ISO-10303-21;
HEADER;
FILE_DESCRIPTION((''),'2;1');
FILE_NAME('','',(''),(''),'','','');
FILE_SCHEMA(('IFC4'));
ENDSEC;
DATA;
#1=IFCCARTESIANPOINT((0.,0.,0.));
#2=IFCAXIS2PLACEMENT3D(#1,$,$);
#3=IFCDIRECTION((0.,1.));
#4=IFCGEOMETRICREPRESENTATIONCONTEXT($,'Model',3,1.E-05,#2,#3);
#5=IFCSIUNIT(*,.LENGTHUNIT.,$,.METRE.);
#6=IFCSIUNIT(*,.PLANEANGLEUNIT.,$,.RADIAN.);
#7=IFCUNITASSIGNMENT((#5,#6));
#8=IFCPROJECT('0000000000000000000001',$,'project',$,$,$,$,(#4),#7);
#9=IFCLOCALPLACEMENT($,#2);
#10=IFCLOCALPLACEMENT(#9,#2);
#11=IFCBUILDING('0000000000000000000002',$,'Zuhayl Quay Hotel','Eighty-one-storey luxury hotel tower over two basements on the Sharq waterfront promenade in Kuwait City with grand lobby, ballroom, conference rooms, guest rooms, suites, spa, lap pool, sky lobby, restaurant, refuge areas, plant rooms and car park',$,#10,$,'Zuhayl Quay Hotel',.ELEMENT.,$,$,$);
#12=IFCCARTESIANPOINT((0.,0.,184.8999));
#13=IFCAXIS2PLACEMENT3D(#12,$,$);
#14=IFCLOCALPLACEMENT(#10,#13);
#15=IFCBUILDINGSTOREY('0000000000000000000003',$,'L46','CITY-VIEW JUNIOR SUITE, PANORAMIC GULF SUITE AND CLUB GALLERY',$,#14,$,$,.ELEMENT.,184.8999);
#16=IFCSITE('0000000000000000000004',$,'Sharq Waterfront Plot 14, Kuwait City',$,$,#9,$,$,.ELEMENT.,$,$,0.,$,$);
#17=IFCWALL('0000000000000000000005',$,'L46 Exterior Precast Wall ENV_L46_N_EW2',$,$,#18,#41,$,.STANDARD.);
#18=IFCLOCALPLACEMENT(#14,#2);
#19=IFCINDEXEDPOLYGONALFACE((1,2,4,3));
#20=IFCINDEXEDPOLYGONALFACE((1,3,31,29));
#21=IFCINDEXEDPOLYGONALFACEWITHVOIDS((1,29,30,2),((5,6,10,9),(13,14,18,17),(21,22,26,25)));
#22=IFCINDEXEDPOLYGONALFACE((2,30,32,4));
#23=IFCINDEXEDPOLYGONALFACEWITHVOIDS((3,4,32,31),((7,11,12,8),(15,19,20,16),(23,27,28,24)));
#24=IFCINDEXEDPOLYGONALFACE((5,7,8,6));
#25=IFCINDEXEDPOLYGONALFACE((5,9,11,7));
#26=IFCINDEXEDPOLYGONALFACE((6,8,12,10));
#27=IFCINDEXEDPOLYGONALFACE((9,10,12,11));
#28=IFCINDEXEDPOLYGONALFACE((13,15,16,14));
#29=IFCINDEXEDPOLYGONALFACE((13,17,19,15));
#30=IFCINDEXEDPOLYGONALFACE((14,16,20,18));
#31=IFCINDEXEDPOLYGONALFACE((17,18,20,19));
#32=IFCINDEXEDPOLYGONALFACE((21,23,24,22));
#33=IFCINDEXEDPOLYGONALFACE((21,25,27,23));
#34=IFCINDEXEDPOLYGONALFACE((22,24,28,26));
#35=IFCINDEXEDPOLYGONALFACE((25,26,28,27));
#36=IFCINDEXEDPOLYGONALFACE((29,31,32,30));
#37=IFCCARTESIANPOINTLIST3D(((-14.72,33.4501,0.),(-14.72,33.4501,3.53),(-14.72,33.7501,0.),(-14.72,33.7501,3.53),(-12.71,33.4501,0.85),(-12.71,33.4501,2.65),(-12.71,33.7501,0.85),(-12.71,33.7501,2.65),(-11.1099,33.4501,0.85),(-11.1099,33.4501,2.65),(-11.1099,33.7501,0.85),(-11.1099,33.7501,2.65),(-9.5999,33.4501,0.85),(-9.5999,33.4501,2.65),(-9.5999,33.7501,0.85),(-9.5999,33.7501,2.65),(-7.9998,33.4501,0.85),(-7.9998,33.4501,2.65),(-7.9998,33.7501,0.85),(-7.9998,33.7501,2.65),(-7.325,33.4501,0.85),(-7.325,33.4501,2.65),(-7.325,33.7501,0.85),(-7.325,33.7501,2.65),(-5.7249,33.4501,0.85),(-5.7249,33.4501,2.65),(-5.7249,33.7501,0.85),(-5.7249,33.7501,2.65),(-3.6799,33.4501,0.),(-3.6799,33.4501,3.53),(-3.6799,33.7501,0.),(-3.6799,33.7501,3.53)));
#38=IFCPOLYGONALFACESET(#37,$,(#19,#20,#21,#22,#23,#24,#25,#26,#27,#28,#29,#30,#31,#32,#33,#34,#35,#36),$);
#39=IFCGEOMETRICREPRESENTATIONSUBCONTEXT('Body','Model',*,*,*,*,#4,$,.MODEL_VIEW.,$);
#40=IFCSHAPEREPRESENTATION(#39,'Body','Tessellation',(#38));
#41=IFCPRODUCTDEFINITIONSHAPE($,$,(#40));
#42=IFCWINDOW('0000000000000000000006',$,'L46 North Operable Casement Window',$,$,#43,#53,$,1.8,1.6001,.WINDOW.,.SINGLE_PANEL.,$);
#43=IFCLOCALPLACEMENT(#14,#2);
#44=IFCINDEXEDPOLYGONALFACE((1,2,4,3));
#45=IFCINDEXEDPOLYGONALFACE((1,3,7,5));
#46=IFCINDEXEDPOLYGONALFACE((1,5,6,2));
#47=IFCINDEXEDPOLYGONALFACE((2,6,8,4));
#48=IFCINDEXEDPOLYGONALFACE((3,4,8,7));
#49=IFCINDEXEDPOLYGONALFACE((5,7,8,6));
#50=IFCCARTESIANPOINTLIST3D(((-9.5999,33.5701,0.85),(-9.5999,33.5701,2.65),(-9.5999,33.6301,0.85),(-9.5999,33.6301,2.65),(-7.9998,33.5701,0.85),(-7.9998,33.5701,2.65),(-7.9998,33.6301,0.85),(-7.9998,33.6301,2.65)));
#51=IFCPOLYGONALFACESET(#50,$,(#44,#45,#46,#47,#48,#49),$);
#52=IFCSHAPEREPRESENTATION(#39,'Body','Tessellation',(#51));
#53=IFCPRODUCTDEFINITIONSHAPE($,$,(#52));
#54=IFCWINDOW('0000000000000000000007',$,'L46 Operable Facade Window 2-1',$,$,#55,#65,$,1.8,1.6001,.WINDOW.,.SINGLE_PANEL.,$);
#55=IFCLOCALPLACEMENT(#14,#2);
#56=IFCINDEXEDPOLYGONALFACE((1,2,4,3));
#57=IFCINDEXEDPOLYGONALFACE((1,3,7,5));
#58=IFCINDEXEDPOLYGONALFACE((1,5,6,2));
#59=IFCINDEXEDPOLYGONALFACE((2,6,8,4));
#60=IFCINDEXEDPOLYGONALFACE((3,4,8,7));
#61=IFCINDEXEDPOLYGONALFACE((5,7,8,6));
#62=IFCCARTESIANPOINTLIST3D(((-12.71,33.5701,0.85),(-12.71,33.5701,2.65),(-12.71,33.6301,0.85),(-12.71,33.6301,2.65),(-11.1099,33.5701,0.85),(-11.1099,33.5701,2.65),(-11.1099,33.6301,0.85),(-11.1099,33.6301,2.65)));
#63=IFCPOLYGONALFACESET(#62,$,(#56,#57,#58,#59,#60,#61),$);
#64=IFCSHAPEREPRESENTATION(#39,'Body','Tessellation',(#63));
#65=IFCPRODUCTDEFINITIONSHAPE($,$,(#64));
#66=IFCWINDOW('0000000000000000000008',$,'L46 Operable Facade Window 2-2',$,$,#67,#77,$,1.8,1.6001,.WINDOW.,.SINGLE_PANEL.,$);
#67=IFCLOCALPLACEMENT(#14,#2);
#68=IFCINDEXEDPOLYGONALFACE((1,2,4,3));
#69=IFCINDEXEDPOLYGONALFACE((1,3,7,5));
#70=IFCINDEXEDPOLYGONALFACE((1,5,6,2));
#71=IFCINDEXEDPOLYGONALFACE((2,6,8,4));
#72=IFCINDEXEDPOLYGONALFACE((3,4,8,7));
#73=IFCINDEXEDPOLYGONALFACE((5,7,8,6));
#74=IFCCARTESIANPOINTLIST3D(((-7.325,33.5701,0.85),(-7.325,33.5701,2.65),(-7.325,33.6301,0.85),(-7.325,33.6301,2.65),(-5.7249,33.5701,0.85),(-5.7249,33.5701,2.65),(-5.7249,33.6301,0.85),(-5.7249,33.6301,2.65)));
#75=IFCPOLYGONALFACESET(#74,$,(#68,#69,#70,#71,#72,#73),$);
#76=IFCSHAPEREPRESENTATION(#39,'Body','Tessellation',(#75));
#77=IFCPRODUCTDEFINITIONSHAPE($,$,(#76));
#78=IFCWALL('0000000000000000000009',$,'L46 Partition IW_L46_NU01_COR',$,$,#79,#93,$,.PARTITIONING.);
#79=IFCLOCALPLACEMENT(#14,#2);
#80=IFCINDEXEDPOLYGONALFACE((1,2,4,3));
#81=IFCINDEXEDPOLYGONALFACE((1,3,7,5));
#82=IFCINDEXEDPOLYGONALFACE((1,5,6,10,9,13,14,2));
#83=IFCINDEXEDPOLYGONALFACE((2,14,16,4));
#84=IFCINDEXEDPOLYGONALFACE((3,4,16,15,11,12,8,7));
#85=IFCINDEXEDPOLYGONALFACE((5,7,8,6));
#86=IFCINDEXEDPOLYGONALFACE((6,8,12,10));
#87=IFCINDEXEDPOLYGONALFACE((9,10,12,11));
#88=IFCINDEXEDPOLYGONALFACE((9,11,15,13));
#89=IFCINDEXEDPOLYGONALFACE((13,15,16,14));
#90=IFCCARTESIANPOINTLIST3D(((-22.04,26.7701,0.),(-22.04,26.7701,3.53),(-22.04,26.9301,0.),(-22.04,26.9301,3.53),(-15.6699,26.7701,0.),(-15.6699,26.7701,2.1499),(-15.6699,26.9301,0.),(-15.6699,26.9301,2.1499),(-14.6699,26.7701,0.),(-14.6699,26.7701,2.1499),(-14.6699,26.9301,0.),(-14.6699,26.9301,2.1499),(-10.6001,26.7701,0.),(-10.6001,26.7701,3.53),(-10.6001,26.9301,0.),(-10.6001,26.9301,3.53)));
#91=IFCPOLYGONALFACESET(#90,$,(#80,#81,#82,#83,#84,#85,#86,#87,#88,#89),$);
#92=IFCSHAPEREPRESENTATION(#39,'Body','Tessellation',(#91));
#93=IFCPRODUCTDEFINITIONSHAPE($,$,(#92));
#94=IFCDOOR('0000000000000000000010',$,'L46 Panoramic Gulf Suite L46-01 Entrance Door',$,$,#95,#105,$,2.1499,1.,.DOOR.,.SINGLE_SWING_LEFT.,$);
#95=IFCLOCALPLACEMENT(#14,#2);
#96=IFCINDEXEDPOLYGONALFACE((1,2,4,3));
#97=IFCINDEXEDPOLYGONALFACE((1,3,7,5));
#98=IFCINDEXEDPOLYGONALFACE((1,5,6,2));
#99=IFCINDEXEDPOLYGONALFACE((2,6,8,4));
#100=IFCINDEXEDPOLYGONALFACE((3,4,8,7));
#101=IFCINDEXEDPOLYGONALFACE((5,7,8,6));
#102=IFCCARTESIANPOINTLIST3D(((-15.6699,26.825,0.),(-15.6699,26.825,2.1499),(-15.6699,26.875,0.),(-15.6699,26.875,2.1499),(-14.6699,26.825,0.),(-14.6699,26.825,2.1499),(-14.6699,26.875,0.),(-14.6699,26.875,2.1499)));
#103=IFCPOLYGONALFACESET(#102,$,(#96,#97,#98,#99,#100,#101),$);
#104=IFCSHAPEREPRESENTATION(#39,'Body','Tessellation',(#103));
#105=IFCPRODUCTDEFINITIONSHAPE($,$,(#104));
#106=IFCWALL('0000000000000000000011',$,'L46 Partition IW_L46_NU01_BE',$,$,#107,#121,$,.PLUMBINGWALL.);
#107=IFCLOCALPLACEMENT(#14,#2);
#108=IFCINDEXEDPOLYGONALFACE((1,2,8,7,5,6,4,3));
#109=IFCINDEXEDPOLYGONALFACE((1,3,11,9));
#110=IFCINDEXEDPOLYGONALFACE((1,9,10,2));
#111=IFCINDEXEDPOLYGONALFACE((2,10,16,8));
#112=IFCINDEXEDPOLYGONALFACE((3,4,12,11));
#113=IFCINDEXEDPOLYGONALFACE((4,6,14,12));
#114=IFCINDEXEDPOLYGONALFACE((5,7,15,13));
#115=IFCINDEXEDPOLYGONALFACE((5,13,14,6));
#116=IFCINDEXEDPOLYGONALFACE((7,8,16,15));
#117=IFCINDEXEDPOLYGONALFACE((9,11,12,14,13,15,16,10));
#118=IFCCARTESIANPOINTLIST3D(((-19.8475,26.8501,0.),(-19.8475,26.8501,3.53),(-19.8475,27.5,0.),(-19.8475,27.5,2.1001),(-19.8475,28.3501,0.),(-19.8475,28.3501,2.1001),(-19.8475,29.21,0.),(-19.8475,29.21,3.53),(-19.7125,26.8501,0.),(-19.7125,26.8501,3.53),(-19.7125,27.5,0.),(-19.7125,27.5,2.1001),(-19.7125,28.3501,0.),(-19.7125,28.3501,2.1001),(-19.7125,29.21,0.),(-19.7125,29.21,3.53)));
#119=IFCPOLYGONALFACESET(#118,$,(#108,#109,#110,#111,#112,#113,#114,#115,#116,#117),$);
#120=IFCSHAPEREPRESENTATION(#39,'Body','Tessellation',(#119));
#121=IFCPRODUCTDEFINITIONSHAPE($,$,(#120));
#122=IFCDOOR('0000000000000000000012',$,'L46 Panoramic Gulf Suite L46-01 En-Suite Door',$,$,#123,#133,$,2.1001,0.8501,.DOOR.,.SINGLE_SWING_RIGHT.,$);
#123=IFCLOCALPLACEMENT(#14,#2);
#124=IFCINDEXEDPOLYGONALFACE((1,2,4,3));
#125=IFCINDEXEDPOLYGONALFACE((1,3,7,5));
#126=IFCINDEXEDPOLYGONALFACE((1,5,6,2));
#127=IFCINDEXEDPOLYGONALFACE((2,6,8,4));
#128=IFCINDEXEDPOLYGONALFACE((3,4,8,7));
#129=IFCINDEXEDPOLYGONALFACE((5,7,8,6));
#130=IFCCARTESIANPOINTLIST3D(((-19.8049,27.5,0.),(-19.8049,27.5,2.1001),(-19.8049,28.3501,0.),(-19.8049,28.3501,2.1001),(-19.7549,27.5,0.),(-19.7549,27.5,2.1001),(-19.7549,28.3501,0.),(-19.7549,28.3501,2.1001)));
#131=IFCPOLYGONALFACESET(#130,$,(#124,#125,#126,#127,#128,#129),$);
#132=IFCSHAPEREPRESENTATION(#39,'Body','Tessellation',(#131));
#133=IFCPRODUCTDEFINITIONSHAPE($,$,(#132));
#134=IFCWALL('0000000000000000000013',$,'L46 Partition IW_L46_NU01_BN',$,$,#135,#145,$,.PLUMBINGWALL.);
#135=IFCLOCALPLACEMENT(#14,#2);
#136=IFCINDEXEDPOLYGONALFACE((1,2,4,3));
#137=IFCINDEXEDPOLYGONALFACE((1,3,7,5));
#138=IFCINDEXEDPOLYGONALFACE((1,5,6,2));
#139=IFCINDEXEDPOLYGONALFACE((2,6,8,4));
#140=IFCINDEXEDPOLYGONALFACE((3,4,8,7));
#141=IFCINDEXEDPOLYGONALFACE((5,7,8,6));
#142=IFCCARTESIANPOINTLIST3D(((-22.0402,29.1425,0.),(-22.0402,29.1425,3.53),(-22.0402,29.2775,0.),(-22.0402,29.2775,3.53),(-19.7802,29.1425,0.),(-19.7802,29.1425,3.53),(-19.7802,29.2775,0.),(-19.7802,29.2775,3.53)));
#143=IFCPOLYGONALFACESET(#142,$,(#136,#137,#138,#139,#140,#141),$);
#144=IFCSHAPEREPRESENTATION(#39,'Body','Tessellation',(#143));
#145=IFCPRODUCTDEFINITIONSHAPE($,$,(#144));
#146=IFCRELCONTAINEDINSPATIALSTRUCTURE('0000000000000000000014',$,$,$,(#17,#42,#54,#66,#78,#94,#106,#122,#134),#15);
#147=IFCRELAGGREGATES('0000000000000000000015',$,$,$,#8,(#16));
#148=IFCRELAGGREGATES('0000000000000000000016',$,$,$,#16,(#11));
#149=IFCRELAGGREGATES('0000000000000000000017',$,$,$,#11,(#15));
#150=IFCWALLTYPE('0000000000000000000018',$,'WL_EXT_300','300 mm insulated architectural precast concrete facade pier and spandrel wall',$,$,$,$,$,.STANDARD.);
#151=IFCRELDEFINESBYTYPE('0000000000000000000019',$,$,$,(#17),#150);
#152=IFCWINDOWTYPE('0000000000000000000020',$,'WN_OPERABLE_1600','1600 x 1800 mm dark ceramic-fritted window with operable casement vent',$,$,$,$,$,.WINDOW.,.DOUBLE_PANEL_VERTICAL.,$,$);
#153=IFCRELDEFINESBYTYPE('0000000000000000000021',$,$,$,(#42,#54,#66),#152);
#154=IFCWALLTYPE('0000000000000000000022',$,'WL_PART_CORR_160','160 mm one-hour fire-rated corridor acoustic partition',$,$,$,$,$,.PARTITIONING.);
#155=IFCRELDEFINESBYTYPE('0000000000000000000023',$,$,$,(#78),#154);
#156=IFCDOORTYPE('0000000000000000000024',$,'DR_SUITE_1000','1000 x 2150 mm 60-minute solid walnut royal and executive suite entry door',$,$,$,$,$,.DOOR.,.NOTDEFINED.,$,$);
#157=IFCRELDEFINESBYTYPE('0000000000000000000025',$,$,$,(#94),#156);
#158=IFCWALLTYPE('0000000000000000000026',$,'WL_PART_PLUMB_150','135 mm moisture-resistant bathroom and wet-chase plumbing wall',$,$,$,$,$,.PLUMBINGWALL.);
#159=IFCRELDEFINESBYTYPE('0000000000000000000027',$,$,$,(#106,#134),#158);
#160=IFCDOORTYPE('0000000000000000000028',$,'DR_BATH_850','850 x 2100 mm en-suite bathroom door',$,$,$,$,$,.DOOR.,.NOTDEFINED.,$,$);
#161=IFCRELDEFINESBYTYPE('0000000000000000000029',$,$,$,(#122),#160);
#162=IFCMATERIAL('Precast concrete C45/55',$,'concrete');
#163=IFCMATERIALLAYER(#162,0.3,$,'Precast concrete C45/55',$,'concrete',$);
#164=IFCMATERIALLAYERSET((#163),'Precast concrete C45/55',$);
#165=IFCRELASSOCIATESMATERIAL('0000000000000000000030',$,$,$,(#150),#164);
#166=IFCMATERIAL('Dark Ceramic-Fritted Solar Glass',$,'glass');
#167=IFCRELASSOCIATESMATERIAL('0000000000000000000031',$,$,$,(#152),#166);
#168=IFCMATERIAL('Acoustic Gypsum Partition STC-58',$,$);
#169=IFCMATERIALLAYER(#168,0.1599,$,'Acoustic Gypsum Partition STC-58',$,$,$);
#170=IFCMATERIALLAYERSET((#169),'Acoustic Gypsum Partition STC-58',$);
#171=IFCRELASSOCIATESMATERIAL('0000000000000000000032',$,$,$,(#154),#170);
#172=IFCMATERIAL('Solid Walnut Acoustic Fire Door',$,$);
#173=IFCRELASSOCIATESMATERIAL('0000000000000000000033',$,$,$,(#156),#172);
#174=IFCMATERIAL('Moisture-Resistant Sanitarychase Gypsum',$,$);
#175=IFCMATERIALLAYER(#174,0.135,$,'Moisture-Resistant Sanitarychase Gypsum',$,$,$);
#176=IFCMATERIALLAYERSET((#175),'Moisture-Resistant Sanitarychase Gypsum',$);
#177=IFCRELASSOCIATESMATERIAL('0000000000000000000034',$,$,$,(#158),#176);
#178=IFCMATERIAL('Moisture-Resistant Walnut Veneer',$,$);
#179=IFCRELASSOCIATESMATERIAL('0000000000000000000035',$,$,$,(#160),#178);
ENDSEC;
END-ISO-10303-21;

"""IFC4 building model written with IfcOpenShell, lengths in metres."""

from ifc_helpers import new_model, si_unit, direction, frame, frame_2d, origin, place, context, subcontext, project, spatial, rectangle, extrude, material, layer, layer_set, type_object, element, fill, save


model = new_model("IFC4")

# Units and contexts
model_context = context("Model", 3, precision=1e-05, world=origin(), true_north=direction((0.0, 1.0)))
body_context = subcontext(model_context, "Body", "Model", "MODEL_VIEW")
ifc_project = project(units=[si_unit("LENGTHUNIT", "METRE"), si_unit("PLANEANGLEUNIT", "RADIAN")], contexts=[model_context])

# Site, building, storey
site_placement = place(None, origin())
site = spatial("IfcSite", under=ifc_project, at=site_placement, Name="Sharq Waterfront Plot 14, Kuwait City", CompositionType="ELEMENT", RefElevation=0.0)
building_placement = place(site_placement, origin())
building = spatial("IfcBuilding", under=site, at=building_placement, Name="Zuhayl Quay Hotel", Description="Eighty-one-storey luxury hotel tower over two basements on the Sharq waterfront promenade in Kuwait City with grand lobby, ballroom, conference rooms, guest rooms, suites, spa, lap pool, sky lobby, restaurant, refuge areas, plant rooms and car park", LongName="Zuhayl Quay Hotel", CompositionType="ELEMENT")
storey_placement = place(building_placement, frame((0.0, 0.0, 184.8999)))
storey = spatial("IfcBuildingStorey", under=building, at=storey_placement, Name="L46", Description="CITY-VIEW JUNIOR SUITE, PANORAMIC GULF SUITE AND CLUB GALLERY", CompositionType="ELEMENT", Elevation=184.8999)

# Shared definitions
ifc_material_1 = material(Name="Dark Ceramic-Fritted Solar Glass", Category="glass")

# Shared definitions
ifc_material_2 = material(Name="Precast concrete C45/55", Category="concrete")
ifc_layer_1 = layer(ifc_material_2, 0.3, Name="Precast concrete C45/55", Category="concrete")
ifc_layer_set_1 = layer_set([ifc_layer_1], Name="Precast concrete C45/55")
wall_type_1 = type_object("IfcWallType", Name="WL_EXT_300", Description="300 mm insulated architectural precast concrete facade pier and spandrel wall", PredefinedType="STANDARD", material=ifc_layer_set_1)

# Wall, openings, windows
wall_1_placement = place(storey_placement, frame((-14.72, 33.6001, 0.0), z_axis=(0.0, 0.0, 1.0), x_axis=(1.0, 0.0, 0.0)))
wall_1 = element("IfcWall", 1, at=wall_1_placement, inside=storey, type_object=wall_type_1, Name="L46 Exterior Precast Wall ENV_L46_N_EW2", PredefinedType="STANDARD", context=body_context, shape_type="SweptSolid", body=[
    extrude(rectangle(XDim=11.04, YDim=0.3, at=frame_2d((5.52, 0.0))), origin(), (0.0, 0.0, 1.0), 3.53),
])
opening_1_placement = place(wall_1_placement, frame((5.1201, 0.0, 0.8501)))
opening_1 = element("IfcOpeningElement", 2, at=opening_1_placement, cuts=wall_1, PredefinedType="OPENING", context=body_context, shape_type="SweptSolid", body=[
    extrude(rectangle(XDim=1.6001, YDim=1.8, at=frame_2d((0.8, 0.8999))), frame((0.0, 0.1599, 0.0), z_axis=(0.0, -1.0, 0.0), x_axis=(1.0, 0.0, 0.0)), (0.0, 0.0, 1.0), 0.3201),
])
opening_2_placement = place(wall_1_placement, frame((2.01, 0.0, 0.8501)))
opening_2 = element("IfcOpeningElement", 3, at=opening_2_placement, cuts=wall_1, PredefinedType="OPENING", context=body_context, shape_type="SweptSolid", body=[
    extrude(rectangle(XDim=1.6001, YDim=1.8, at=frame_2d((0.8, 0.8999))), frame((0.0, 0.1599, 0.0), z_axis=(0.0, -1.0, 0.0), x_axis=(1.0, 0.0, 0.0)), (0.0, 0.0, 1.0), 0.3201),
])
opening_3_placement = place(wall_1_placement, frame((7.395, 0.0, 0.8501)))
opening_3 = element("IfcOpeningElement", 4, at=opening_3_placement, cuts=wall_1, PredefinedType="OPENING", context=body_context, shape_type="SweptSolid", body=[
    extrude(rectangle(XDim=1.6001, YDim=1.8, at=frame_2d((0.8, 0.8999))), frame((0.0, 0.1599, 0.0), z_axis=(0.0, -1.0, 0.0), x_axis=(1.0, 0.0, 0.0)), (0.0, 0.0, 1.0), 0.3201),
])
window_type_1 = type_object("IfcWindowType", Name="WN_OPERABLE_1600", Description="1600 x 1800 mm dark ceramic-fritted window with operable casement vent", PartitioningType="DOUBLE_PANEL_VERTICAL", PredefinedType="WINDOW", material=ifc_material_1)
window_1_placement = place(opening_1_placement, origin())
window_1 = element("IfcWindow", 5, at=window_1_placement, inside=storey, type_object=window_type_1, Name="L46 North Operable Casement Window", OverallHeight=1.8, OverallWidth=1.6001, PartitioningType="SINGLE_PANEL", PredefinedType="WINDOW", context=body_context, shape_type="SweptSolid", body=[
    extrude(rectangle(XDim=1.6001, YDim=1.8, at=frame_2d((0.8, 0.8999))), frame((0.0, 0.03, 0.0), z_axis=(0.0, -1.0, 0.0), x_axis=(1.0, 0.0, 0.0)), (0.0, 0.0, 1.0), 0.0601),
])
fill(opening_1, window_1)
window_2_placement = place(opening_2_placement, origin())
window_2 = element("IfcWindow", 6, at=window_2_placement, inside=storey, type_object=window_type_1, Name="L46 Operable Facade Window 2-1", OverallHeight=1.8, OverallWidth=1.6001, PartitioningType="SINGLE_PANEL", PredefinedType="WINDOW", context=body_context, shape_type="SweptSolid", body=[
    extrude(rectangle(XDim=1.6001, YDim=1.8, at=frame_2d((0.8, 0.8999))), frame((0.0, 0.03, 0.0), z_axis=(0.0, -1.0, 0.0), x_axis=(1.0, 0.0, 0.0)), (0.0, 0.0, 1.0), 0.0601),
])
fill(opening_2, window_2)
window_3_placement = place(opening_3_placement, origin())
window_3 = element("IfcWindow", 7, at=window_3_placement, inside=storey, type_object=window_type_1, Name="L46 Operable Facade Window 2-2", OverallHeight=1.8, OverallWidth=1.6001, PartitioningType="SINGLE_PANEL", PredefinedType="WINDOW", context=body_context, shape_type="SweptSolid", body=[
    extrude(rectangle(XDim=1.6001, YDim=1.8, at=frame_2d((0.8, 0.8999))), frame((0.0, 0.03, 0.0), z_axis=(0.0, -1.0, 0.0), x_axis=(1.0, 0.0, 0.0)), (0.0, 0.0, 1.0), 0.0601),
])
fill(opening_3, window_3)

# Walls, openings, doors
ifc_material_3 = material(Name="Acoustic Gypsum Partition STC-58")
ifc_layer_2 = layer(ifc_material_3, 0.1599, Name="Acoustic Gypsum Partition STC-58")
ifc_layer_set_2 = layer_set([ifc_layer_2], Name="Acoustic Gypsum Partition STC-58")
wall_type_2 = type_object("IfcWallType", Name="WL_PART_CORR_160", Description="160 mm one-hour fire-rated corridor acoustic partition", PredefinedType="PARTITIONING", material=ifc_layer_set_2)
wall_2_placement = place(storey_placement, frame((-22.04, 26.8501, 0.0), z_axis=(0.0, 0.0, 1.0), x_axis=(1.0, 0.0, 0.0)))
wall_2 = element("IfcWall", 8, at=wall_2_placement, inside=storey, type_object=wall_type_2, Name="L46 Partition IW_L46_NU01_COR", PredefinedType="PARTITIONING", context=body_context, shape_type="SweptSolid", body=[
    extrude(rectangle(XDim=11.4399, YDim=0.1599, at=frame_2d((5.72, 0.0))), origin(), (0.0, 0.0, 1.0), 3.53),
])
opening_4_placement = place(wall_2_placement, frame((6.3701, 0.0, 0.0)))
opening_4 = element("IfcOpeningElement", 9, at=opening_4_placement, cuts=wall_2, PredefinedType="OPENING", context=body_context, shape_type="SweptSolid", body=[
    extrude(rectangle(XDim=1.0, YDim=2.1499, at=frame_2d((0.5, 1.075))), frame((0.0, 0.0898, 0.0), z_axis=(0.0, -1.0, 0.0), x_axis=(1.0, 0.0, 0.0)), (0.0, 0.0, 1.0), 0.1799),
])
ifc_material_4 = material(Name="Solid Walnut Acoustic Fire Door")
door_type_1 = type_object("IfcDoorType", Name="DR_SUITE_1000", Description="1000 x 2150 mm 60-minute solid walnut royal and executive suite entry door", OperationType="NOTDEFINED", PredefinedType="DOOR", material=ifc_material_4)
door_1_placement = place(opening_4_placement, origin())
door_1 = element("IfcDoor", 10, at=door_1_placement, inside=storey, type_object=door_type_1, Name="L46 Panoramic Gulf Suite L46-01 Entrance Door", OperationType="SINGLE_SWING_LEFT", OverallHeight=2.1499, OverallWidth=1.0, PredefinedType="DOOR", context=body_context, shape_type="SweptSolid", body=[
    extrude(rectangle(XDim=1.0, YDim=2.1499, at=frame_2d((0.5, 1.075))), frame((0.0, 0.0249, 0.0), z_axis=(0.0, -1.0, 0.0), x_axis=(1.0, 0.0, 0.0)), (0.0, 0.0, 1.0), 0.05),
])
fill(opening_4, door_1)
ifc_material_5 = material(Name="Moisture-Resistant Sanitarychase Gypsum")
ifc_layer_3 = layer(ifc_material_5, 0.135, Name="Moisture-Resistant Sanitarychase Gypsum")
ifc_layer_set_3 = layer_set([ifc_layer_3], Name="Moisture-Resistant Sanitarychase Gypsum")
wall_type_3 = type_object("IfcWallType", Name="WL_PART_PLUMB_150", Description="135 mm moisture-resistant bathroom and wet-chase plumbing wall", PredefinedType="PLUMBINGWALL", material=ifc_layer_set_3)
wall_3_placement = place(storey_placement, frame((-19.78, 26.8501, 0.0), z_axis=(0.0, 0.0, 1.0), x_axis=(0.0, 1.0, 0.0)))
wall_3 = element("IfcWall", 11, at=wall_3_placement, inside=storey, type_object=wall_type_3, Name="L46 Partition IW_L46_NU01_BE", PredefinedType="PLUMBINGWALL", context=body_context, shape_type="SweptSolid", body=[
    extrude(rectangle(XDim=2.3599, YDim=0.135, at=frame_2d((1.1799, 0.0))), origin(), (0.0, 0.0, 1.0), 3.53),
])
opening_5_placement = place(wall_3_placement, frame((0.6499, 0.0, 0.0)))
opening_5 = element("IfcOpeningElement", 12, at=opening_5_placement, cuts=wall_3, PredefinedType="OPENING", context=body_context, shape_type="SweptSolid", body=[
    extrude(rectangle(XDim=0.8501, YDim=2.1001, at=frame_2d((0.425, 1.05))), frame((0.0, 0.0774, 0.0), z_axis=(0.0, -1.0, 0.0), x_axis=(1.0, 0.0, 0.0)), (0.0, 0.0, 1.0), 0.155),
])
ifc_material_6 = material(Name="Moisture-Resistant Walnut Veneer")
door_type_2 = type_object("IfcDoorType", Name="DR_BATH_850", Description="850 x 2100 mm en-suite bathroom door", OperationType="NOTDEFINED", PredefinedType="DOOR", material=ifc_material_6)
door_2_placement = place(opening_5_placement, origin())
door_2 = element("IfcDoor", 13, at=door_2_placement, inside=storey, type_object=door_type_2, Name="L46 Panoramic Gulf Suite L46-01 En-Suite Door", OperationType="SINGLE_SWING_RIGHT", OverallHeight=2.1001, OverallWidth=0.8501, PredefinedType="DOOR", context=body_context, shape_type="SweptSolid", body=[
    extrude(rectangle(XDim=0.8501, YDim=2.1001, at=frame_2d((0.425, 1.05))), frame((0.0, 0.0249, 0.0), z_axis=(0.0, -1.0, 0.0), x_axis=(1.0, 0.0, 0.0)), (0.0, 0.0, 1.0), 0.05),
])
fill(opening_5, door_2)

# Wall
wall_4_placement = place(storey_placement, frame((-22.04, 29.21, 0.0), z_axis=(0.0, 0.0, 1.0), x_axis=(1.0, 0.0, 0.0)))
element("IfcWall", 14, at=wall_4_placement, inside=storey, type_object=wall_type_3, Name="L46 Partition IW_L46_NU01_BN", PredefinedType="PLUMBINGWALL", context=body_context, shape_type="SweptSolid", body=[
    extrude(rectangle(XDim=2.26, YDim=0.135, at=frame_2d((1.1299, 0.0))), origin(), (0.0, 0.0, 1.0), 3.53),
])

save(model, "model.ifc")
